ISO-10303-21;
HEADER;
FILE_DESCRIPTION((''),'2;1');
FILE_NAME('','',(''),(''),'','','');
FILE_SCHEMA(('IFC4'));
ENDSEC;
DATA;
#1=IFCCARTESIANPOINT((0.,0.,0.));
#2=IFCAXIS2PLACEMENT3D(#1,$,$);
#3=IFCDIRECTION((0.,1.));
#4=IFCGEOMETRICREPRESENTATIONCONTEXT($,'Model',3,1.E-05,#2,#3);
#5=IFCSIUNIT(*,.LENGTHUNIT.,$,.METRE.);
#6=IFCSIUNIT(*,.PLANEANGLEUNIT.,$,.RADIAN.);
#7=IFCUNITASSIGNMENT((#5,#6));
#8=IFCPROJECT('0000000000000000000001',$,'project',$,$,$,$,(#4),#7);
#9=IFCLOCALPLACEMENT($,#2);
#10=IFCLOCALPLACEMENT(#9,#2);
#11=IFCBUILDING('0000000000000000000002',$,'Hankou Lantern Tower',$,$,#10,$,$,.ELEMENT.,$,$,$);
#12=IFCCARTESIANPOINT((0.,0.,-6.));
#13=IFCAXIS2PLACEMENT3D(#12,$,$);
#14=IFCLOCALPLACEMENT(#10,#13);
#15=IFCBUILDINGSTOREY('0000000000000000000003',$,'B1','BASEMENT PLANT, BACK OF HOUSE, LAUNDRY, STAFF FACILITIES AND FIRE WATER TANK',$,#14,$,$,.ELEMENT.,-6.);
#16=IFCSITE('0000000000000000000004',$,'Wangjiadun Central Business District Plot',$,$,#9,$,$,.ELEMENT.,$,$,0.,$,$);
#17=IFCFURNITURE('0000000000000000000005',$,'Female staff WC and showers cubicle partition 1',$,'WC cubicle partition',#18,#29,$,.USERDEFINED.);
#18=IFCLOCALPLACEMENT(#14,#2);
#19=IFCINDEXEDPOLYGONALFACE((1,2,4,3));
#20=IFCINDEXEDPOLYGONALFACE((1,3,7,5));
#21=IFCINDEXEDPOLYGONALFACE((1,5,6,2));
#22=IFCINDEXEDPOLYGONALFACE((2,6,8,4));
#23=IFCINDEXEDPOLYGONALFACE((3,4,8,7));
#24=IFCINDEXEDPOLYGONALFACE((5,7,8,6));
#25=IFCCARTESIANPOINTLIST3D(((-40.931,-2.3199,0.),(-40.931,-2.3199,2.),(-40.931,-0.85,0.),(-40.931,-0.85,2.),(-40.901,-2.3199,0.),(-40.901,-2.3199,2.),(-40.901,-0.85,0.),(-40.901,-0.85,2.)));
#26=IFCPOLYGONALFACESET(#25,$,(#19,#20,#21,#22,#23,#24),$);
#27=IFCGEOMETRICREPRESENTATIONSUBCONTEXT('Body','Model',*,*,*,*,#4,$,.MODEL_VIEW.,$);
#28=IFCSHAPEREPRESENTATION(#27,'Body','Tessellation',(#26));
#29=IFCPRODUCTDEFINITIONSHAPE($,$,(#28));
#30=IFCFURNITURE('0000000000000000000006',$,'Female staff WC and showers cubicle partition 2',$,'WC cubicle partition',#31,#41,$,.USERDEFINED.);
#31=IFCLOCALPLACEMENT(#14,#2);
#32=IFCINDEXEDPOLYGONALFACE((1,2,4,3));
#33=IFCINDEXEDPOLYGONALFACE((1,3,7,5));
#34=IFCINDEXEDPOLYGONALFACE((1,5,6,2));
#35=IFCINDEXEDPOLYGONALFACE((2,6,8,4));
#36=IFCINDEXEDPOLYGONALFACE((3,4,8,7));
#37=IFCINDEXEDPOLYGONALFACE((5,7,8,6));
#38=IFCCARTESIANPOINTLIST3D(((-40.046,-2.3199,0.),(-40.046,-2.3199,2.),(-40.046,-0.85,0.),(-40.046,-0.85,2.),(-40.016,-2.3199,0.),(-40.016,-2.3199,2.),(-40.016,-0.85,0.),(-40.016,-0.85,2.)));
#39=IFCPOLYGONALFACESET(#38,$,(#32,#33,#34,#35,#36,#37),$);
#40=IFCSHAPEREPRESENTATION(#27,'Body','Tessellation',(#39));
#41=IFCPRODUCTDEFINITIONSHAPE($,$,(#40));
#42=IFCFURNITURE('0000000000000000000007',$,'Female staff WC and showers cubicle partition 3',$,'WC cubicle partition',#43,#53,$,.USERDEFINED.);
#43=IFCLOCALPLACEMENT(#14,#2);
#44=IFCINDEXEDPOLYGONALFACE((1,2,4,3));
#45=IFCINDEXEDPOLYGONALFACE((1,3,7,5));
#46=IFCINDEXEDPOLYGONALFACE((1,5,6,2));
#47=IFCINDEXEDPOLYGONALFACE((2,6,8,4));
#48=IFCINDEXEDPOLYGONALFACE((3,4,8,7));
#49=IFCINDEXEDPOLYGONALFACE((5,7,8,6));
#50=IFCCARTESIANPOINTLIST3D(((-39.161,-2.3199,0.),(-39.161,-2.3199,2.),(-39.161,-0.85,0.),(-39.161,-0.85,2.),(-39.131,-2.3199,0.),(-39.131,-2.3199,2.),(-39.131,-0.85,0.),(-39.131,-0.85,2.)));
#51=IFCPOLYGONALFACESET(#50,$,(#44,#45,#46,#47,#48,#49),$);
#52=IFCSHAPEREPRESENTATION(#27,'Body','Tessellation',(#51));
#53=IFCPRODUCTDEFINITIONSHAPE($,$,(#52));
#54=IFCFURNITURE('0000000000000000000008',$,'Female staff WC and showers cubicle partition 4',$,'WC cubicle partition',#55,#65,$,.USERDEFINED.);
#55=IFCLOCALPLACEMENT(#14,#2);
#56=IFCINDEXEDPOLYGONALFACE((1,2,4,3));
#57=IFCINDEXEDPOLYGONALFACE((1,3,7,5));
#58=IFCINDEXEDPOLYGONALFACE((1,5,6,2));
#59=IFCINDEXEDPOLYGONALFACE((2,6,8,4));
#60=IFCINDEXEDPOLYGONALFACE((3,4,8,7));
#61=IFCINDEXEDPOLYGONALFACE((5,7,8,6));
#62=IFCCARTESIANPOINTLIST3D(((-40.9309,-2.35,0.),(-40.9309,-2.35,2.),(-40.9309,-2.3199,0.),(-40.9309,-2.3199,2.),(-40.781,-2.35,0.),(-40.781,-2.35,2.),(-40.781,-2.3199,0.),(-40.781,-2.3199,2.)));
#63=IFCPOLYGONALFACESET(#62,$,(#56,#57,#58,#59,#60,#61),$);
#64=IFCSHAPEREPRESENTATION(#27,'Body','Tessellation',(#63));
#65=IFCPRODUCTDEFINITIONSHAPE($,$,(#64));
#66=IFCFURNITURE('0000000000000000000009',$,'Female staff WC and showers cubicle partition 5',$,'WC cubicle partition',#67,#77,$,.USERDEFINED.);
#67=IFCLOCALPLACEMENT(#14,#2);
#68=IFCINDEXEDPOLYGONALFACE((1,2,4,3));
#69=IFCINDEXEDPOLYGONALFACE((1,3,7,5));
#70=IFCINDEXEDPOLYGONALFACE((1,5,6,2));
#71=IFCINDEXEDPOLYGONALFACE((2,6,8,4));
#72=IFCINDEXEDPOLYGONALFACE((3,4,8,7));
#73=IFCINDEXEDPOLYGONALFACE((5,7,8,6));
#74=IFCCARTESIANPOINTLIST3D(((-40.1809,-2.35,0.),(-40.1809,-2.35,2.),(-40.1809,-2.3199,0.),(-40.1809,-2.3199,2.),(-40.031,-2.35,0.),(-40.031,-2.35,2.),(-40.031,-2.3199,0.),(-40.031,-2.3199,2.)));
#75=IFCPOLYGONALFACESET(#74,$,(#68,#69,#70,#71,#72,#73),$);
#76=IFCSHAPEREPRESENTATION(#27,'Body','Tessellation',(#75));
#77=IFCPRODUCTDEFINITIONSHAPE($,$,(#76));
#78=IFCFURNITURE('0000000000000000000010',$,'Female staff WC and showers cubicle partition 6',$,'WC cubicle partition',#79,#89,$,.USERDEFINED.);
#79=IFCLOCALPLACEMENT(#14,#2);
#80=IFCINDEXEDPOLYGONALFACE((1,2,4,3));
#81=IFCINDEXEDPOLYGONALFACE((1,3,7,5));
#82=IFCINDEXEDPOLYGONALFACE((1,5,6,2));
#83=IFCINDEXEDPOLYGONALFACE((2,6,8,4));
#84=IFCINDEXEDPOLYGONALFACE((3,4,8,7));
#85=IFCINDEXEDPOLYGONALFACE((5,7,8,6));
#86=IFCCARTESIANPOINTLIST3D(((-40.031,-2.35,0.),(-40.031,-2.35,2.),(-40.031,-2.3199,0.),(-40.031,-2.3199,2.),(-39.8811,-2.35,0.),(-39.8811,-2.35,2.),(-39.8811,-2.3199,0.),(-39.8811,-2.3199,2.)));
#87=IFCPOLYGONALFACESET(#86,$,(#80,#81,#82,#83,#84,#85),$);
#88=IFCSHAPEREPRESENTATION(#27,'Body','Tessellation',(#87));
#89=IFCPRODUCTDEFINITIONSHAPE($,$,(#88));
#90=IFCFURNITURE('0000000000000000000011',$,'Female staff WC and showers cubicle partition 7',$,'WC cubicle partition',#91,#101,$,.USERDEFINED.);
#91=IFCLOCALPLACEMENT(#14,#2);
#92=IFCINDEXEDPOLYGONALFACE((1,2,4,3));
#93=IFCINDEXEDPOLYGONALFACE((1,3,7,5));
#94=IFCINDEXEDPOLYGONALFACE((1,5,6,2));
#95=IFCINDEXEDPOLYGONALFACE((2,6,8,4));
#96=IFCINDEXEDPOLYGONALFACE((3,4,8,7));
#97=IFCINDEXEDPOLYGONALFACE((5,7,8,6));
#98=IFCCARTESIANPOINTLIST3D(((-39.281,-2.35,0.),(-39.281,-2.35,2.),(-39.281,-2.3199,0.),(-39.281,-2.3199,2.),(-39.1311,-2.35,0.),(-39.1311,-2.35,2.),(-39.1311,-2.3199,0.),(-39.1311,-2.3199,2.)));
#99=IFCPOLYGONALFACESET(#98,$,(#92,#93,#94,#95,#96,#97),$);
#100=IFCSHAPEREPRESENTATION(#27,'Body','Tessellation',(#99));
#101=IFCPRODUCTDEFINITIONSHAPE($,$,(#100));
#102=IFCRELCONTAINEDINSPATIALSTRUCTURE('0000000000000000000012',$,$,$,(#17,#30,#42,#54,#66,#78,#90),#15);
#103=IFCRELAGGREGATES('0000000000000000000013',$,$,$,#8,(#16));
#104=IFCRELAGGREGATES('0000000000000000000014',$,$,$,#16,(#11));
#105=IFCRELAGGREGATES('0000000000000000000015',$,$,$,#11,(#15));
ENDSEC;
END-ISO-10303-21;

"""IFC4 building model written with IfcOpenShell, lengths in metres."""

from ifc_helpers import new_model, si_unit, direction, frame, origin, origin_2d, place, context, subcontext, project, spatial, rectangle, extrude, element, save


model = new_model("IFC4")

# Units and contexts
model_context = context("Model", 3, precision=1e-05, world=origin(), true_north=direction((0.0, 1.0)))
body_context = subcontext(model_context, "Body", "Model", "MODEL_VIEW")
ifc_project = project(units=[si_unit("LENGTHUNIT", "METRE"), si_unit("PLANEANGLEUNIT", "RADIAN")], contexts=[model_context])

# Site, building, storey
site_placement = place(None, origin())
site = spatial("IfcSite", under=ifc_project, at=site_placement, Name="Wangjiadun Central Business District Plot", CompositionType="ELEMENT", RefElevation=0.0)
building_placement = place(site_placement, origin())
building = spatial("IfcBuilding", under=site, at=building_placement, Name="Hankou Lantern Tower", CompositionType="ELEMENT")
storey_placement = place(building_placement, frame((0.0, 0.0, -6.0)))
storey = spatial("IfcBuildingStorey", under=building, at=storey_placement, Name="B1", Description="BASEMENT PLANT, BACK OF HOUSE, LAUNDRY, STAFF FACILITIES AND FIRE WATER TANK", CompositionType="ELEMENT", Elevation=-6.0)

# Furniture
for number, where, z_axis, x_axis, name in (
    (1, (-40.916, -1.585, 0.0), (0.0, 0.0, 1.0), (1.0, 0.0, 0.0), "Female staff WC and showers cubicle partition 1"),
    (2, (-40.031, -1.585, 0.0), (0.0, 0.0, 1.0), (1.0, 0.0, 0.0), "Female staff WC and showers cubicle partition 2"),
    (3, (-39.146, -1.585, 0.0), (0.0, 0.0, 1.0), (1.0, 0.0, 0.0), "Female staff WC and showers cubicle partition 3"),
):
    element("IfcFurniture", number, at=place(storey_placement, frame(where, z_axis=z_axis, x_axis=x_axis)), inside=storey, Name=name, ObjectType="WC cubicle partition", PredefinedType="USERDEFINED", context=body_context, shape_type="SweptSolid", body=[
        extrude(rectangle(XDim=0.03, YDim=1.47, at=origin_2d()), origin(), (0.0, 0.0, 1.0), 2.0),
    ])
for number, where, z_axis, x_axis, name in (
    (4, (-40.856, -2.335, 0.0), (0.0, 0.0, 1.0), (1.0, 0.0, 0.0), "Female staff WC and showers cubicle partition 4"),
    (5, (-40.106, -2.335, 0.0), (0.0, 0.0, 1.0), (1.0, 0.0, 0.0), "Female staff WC and showers cubicle partition 5"),
    (6, (-39.9561, -2.335, 0.0), (0.0, 0.0, 1.0), (1.0, 0.0, 0.0), "Female staff WC and showers cubicle partition 6"),
    (7, (-39.2061, -2.335, 0.0), (0.0, 0.0, 1.0), (1.0, 0.0, 0.0), "Female staff WC and showers cubicle partition 7"),
):
    element("IfcFurniture", number, at=place(storey_placement, frame(where, z_axis=z_axis, x_axis=x_axis)), inside=storey, Name=name, ObjectType="WC cubicle partition", PredefinedType="USERDEFINED", context=body_context, shape_type="SweptSolid", body=[
        extrude(rectangle(XDim=0.1499, YDim=0.03, at=origin_2d()), origin(), (0.0, 0.0, 1.0), 2.0),
    ])

save(model, "model.ifc")
